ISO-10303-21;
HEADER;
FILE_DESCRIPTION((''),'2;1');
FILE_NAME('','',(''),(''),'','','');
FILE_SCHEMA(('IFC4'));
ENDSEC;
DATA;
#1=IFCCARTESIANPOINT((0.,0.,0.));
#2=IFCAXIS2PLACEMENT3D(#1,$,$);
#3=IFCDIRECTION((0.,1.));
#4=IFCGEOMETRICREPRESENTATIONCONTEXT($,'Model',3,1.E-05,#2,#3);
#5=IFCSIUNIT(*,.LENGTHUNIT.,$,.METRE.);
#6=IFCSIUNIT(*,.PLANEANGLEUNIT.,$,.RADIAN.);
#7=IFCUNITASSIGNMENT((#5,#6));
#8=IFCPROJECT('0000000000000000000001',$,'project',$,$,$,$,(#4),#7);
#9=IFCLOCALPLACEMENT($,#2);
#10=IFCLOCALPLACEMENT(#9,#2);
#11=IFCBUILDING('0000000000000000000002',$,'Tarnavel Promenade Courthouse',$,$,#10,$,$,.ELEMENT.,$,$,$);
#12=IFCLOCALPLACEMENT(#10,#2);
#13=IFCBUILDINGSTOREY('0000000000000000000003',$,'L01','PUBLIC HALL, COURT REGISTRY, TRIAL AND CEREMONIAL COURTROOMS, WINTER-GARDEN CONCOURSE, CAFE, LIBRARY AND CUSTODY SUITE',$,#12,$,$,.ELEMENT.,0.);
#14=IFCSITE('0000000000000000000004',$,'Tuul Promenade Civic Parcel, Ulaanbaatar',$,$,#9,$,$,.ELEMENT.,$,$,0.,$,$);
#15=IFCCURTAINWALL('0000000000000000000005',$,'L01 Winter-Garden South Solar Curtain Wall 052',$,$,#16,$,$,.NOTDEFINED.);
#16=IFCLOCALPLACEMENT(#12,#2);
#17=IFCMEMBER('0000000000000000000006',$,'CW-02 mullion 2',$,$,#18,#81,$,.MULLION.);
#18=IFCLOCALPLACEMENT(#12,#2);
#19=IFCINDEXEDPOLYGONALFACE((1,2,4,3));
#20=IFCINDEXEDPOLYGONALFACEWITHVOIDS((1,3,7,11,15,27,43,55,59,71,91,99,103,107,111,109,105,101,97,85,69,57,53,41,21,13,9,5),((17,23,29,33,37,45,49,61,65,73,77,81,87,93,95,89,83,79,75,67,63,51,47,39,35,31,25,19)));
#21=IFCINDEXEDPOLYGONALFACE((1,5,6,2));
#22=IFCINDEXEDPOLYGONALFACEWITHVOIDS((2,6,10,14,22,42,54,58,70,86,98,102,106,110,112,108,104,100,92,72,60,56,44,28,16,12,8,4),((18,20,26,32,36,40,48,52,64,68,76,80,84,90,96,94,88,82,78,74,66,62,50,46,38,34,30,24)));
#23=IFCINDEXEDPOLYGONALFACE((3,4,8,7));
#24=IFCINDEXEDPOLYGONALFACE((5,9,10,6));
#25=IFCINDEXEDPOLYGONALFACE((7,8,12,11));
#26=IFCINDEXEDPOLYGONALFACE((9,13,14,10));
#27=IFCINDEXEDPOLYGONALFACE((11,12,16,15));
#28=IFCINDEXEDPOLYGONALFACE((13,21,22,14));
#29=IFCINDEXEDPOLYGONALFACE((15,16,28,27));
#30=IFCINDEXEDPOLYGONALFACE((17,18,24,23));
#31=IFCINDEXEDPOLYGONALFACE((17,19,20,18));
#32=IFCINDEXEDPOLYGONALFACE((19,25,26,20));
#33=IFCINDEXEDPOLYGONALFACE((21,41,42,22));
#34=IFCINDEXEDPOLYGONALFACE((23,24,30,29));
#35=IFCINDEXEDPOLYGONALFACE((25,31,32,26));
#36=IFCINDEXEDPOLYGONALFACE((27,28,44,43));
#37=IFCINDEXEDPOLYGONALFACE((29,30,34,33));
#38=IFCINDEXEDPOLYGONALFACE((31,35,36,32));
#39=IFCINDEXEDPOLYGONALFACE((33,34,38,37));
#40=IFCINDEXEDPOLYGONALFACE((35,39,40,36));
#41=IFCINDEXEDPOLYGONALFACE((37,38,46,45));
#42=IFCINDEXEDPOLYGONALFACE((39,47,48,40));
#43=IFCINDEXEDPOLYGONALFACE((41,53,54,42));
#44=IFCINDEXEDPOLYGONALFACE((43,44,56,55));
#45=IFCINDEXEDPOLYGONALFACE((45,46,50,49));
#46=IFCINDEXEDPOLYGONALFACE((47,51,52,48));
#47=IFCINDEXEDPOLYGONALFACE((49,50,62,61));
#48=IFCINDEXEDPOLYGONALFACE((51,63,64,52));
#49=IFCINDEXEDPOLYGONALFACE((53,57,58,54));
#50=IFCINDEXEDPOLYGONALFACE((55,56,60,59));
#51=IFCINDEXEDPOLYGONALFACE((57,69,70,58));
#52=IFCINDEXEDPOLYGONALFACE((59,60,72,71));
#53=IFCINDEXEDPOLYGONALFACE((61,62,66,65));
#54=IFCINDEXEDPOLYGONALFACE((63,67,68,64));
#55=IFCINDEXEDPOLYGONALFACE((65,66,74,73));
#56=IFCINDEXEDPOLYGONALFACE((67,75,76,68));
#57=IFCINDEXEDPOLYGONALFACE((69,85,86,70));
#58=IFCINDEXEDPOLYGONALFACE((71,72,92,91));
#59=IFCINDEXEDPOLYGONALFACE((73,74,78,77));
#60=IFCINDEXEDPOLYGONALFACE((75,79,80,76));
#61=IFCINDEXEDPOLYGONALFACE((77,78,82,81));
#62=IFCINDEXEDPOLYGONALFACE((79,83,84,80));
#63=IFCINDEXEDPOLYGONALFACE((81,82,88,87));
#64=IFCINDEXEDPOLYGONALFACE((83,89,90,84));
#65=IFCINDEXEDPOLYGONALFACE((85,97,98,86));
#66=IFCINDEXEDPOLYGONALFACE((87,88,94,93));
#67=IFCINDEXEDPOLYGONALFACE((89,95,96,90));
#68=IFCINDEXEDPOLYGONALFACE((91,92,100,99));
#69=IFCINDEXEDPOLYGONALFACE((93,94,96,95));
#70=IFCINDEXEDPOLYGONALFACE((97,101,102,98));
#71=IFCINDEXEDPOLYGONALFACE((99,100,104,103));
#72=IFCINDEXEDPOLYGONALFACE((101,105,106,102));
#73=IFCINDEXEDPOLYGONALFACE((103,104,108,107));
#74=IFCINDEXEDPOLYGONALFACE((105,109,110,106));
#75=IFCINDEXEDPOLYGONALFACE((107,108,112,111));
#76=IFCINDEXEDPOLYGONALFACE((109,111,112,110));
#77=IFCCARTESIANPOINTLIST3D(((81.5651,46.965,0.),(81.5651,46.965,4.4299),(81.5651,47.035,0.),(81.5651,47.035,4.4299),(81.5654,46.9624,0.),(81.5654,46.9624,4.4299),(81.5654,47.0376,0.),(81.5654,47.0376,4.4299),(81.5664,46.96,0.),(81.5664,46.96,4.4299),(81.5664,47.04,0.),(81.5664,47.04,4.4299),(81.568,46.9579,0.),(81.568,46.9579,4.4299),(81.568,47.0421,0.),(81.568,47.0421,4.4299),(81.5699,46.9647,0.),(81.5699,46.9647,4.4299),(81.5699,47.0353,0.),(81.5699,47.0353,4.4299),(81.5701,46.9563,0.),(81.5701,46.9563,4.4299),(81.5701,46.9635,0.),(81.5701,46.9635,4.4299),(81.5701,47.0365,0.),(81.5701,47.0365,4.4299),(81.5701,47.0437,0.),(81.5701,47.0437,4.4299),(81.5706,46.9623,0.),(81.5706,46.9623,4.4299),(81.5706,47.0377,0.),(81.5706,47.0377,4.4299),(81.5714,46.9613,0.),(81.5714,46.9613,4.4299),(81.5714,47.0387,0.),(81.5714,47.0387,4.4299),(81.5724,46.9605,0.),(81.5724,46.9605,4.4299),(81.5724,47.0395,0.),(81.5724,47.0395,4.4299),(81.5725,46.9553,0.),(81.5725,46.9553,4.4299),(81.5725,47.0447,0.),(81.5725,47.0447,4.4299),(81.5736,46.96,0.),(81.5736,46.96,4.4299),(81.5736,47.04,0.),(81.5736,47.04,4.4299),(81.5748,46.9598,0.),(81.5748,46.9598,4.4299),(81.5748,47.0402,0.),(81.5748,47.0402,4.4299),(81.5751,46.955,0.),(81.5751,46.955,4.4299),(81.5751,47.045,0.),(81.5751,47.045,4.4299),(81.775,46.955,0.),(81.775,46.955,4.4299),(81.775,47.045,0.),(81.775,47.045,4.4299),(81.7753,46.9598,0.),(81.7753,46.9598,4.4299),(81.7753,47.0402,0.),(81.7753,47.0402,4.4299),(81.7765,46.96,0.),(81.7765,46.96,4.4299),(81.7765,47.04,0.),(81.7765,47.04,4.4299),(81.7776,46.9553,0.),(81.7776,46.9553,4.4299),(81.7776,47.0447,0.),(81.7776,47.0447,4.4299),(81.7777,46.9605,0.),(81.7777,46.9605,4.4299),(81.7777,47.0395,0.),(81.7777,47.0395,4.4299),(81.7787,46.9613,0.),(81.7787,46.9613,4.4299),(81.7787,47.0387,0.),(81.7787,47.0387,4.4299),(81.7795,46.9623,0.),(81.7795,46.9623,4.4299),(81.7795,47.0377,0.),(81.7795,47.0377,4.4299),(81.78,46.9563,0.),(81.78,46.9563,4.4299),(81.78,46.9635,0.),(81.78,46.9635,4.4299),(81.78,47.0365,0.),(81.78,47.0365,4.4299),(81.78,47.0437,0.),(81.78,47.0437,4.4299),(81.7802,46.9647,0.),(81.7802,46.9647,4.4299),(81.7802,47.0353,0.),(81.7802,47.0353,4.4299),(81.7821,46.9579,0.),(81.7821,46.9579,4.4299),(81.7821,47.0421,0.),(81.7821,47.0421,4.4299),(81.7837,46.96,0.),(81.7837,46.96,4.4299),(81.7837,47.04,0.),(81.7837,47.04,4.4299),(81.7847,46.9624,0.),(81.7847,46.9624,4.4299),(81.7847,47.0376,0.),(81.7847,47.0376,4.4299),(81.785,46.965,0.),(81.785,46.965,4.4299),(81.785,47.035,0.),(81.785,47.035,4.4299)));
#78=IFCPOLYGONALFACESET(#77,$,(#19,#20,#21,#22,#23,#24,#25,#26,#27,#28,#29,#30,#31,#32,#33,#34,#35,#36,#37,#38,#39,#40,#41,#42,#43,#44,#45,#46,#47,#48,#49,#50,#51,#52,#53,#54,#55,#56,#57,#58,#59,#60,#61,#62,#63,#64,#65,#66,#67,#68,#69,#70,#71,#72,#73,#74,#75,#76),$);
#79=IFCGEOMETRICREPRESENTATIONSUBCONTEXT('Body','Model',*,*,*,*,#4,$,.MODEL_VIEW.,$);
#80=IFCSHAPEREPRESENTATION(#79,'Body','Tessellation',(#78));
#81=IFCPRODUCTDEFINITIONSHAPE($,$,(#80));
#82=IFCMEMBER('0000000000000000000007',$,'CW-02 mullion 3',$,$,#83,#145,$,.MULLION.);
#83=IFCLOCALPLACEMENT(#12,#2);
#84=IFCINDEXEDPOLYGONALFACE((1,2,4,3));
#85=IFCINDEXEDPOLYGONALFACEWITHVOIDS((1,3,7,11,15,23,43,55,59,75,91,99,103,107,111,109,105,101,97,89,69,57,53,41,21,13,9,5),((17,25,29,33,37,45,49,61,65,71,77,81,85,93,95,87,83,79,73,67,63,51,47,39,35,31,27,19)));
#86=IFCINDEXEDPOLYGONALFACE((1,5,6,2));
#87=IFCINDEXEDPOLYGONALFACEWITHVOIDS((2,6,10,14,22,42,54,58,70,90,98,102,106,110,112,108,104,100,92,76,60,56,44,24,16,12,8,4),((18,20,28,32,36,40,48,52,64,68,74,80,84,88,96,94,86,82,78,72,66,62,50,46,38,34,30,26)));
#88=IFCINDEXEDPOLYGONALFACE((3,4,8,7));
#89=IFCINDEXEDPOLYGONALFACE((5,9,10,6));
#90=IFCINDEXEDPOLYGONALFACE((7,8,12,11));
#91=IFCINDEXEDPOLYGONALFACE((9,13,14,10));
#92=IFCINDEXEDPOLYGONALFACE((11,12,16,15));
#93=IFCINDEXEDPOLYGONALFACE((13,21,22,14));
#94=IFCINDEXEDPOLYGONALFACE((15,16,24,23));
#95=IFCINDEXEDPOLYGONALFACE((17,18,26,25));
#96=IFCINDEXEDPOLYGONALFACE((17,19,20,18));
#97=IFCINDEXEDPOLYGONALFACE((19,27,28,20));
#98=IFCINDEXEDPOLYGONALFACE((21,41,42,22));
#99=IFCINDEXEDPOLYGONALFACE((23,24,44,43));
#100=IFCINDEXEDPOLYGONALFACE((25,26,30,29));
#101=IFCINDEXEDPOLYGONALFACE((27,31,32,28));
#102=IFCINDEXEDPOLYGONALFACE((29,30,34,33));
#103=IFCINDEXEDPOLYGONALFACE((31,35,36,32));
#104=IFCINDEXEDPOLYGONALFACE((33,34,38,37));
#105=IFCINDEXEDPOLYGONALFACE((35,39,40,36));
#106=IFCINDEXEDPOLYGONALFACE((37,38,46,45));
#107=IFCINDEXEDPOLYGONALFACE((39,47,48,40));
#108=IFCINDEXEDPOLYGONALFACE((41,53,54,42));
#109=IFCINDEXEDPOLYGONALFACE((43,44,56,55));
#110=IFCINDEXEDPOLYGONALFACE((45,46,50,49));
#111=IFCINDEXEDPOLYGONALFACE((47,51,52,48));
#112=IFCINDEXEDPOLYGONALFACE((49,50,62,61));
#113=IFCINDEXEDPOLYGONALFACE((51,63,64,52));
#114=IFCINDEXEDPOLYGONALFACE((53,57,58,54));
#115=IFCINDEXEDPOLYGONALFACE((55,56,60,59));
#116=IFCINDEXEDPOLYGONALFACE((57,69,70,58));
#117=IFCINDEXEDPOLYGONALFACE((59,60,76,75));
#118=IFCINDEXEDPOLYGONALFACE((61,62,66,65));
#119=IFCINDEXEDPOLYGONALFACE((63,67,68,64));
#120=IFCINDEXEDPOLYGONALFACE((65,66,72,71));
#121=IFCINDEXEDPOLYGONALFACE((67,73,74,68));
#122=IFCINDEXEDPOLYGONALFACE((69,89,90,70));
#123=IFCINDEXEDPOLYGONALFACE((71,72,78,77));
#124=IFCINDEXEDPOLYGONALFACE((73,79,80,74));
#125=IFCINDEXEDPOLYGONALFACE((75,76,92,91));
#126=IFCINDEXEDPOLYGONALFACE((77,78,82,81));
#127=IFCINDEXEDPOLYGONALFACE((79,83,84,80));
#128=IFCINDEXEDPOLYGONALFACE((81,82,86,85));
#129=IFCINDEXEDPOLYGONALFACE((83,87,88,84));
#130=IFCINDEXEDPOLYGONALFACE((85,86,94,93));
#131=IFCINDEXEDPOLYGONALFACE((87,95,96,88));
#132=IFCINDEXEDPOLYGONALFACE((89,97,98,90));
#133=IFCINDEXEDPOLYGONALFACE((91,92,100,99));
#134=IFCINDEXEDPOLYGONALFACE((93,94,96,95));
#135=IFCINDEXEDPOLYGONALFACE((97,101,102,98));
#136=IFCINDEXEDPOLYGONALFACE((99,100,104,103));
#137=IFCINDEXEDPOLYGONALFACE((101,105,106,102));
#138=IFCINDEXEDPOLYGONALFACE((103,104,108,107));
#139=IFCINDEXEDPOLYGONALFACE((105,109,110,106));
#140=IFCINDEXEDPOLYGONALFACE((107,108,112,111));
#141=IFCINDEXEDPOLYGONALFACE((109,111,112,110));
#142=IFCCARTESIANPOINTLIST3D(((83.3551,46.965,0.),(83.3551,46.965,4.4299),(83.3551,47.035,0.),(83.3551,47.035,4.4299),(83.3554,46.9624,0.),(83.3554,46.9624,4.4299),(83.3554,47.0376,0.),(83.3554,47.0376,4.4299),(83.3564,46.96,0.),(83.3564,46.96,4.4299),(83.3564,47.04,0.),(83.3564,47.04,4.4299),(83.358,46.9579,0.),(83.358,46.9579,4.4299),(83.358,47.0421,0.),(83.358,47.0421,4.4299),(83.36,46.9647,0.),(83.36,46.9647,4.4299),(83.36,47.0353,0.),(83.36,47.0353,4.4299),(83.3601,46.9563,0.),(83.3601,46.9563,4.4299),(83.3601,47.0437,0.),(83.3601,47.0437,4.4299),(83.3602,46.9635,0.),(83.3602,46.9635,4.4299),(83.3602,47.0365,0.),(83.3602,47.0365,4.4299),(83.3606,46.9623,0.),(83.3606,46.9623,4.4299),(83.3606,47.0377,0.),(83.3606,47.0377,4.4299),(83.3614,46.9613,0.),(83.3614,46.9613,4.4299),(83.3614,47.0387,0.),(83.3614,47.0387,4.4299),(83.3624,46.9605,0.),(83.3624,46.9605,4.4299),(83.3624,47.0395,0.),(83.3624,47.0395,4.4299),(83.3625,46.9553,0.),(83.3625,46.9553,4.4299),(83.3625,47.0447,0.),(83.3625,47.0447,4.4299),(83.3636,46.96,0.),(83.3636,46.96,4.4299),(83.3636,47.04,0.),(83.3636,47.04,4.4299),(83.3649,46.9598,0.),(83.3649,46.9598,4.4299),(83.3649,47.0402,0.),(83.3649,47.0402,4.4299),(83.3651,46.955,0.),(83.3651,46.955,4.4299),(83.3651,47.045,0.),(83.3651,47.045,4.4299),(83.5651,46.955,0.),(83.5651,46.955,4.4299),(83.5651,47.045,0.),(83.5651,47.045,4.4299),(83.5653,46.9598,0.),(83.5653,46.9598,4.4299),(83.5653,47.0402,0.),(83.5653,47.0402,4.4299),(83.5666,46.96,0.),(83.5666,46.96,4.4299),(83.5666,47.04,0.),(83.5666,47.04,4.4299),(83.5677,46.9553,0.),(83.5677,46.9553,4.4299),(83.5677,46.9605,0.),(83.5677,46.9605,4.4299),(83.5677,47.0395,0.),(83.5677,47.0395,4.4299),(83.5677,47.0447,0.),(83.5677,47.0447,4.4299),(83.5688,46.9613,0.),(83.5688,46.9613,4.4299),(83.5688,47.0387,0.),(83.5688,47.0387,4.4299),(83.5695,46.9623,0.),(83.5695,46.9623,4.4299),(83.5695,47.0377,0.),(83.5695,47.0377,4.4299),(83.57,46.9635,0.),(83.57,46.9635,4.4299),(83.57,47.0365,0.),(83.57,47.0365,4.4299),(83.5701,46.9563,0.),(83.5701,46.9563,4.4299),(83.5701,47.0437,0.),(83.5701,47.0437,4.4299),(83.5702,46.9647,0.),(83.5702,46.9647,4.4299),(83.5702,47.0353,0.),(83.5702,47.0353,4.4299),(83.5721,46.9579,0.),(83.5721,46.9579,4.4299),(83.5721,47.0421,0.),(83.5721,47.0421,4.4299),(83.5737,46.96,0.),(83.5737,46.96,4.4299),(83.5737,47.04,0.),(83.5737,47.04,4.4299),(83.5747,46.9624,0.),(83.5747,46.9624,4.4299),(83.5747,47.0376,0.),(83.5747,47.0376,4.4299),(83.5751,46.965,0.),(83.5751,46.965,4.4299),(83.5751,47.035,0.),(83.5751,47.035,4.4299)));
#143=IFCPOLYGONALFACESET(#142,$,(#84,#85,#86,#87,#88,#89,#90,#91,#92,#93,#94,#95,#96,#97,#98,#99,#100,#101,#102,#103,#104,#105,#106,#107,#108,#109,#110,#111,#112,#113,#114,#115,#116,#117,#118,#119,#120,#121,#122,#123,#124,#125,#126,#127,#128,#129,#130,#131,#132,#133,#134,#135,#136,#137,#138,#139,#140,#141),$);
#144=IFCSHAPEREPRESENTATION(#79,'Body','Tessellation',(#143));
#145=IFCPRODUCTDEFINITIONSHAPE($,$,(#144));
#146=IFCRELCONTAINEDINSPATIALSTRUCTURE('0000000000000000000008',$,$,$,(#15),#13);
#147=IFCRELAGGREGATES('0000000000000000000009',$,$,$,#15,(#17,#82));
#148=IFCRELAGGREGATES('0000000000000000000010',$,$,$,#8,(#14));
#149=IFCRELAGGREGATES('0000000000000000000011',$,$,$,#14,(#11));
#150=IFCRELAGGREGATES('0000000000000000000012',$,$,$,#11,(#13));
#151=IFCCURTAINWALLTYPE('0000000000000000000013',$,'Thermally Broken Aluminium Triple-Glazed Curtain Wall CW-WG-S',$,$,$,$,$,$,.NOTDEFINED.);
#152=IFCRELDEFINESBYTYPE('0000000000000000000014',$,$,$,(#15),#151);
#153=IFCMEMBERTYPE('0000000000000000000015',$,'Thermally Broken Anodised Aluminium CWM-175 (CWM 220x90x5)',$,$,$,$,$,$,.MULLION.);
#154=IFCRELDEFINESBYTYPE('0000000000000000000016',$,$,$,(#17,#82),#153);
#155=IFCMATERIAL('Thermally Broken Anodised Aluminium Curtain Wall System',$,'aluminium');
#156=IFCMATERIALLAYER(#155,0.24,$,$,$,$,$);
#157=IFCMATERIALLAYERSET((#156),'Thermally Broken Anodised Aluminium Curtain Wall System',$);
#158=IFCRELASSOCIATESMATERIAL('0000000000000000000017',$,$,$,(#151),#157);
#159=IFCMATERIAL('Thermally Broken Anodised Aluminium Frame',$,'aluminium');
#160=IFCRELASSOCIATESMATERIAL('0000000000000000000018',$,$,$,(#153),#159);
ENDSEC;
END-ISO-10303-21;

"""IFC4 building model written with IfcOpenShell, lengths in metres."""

from ifc_helpers import new_model, si_unit, direction, frame, origin, origin_2d, place, context, subcontext, project, spatial, hollow_rectangle, extrude, material, layer, layer_set, material_profile, profile_set, type_object, element, aggregate, save


model = new_model("IFC4")

# Units and contexts
model_context = context("Model", 3, precision=1e-05, world=origin(), true_north=direction((0.0, 1.0)))
body_context = subcontext(model_context, "Body", "Model", "MODEL_VIEW")
ifc_project = project(units=[si_unit("LENGTHUNIT", "METRE"), si_unit("PLANEANGLEUNIT", "RADIAN")], contexts=[model_context])

# Site, building, storey
site_placement = place(None, origin())
site = spatial("IfcSite", under=ifc_project, at=site_placement, Name="Tuul Promenade Civic Parcel, Ulaanbaatar", CompositionType="ELEMENT", RefElevation=0.0)
building_placement = place(site_placement, origin())
building = spatial("IfcBuilding", under=site, at=building_placement, Name="Tarnavel Promenade Courthouse", CompositionType="ELEMENT")
storey_placement = place(building_placement, origin())
storey = spatial("IfcBuildingStorey", under=building, at=storey_placement, Name="L01", Description="PUBLIC HALL, COURT REGISTRY, TRIAL AND CEREMONIAL COURTROOMS, WINTER-GARDEN CONCOURSE, CAFE, LIBRARY AND CUSTODY SUITE", CompositionType="ELEMENT", Elevation=0.0)

# Shared definitions
ifc_material_1 = material(Name="Thermally Broken Anodised Aluminium Curtain Wall System", Category="aluminium")
ifc_layer_1 = layer(ifc_material_1, 0.24)
ifc_layer_set_1 = layer_set([ifc_layer_1], Name="Thermally Broken Anodised Aluminium Curtain Wall System")
curtain_wall_type = type_object("IfcCurtainWallType", Name="Thermally Broken Aluminium Triple-Glazed Curtain Wall CW-WG-S", PredefinedType="NOTDEFINED", material=ifc_layer_set_1)
ifc_material_2 = material(Name="Thermally Broken Anodised Aluminium Frame", Category="aluminium")
ifc_material_profile_1 = material_profile(ifc_material_2, hollow_rectangle(XDim=0.0901, YDim=0.22, WallThickness=0.0049, InnerFilletRadius=0.0049, OuterFilletRadius=0.01, at=origin_2d()), Name="CWM 220x90x5")
ifc_profile_set_1 = profile_set([ifc_material_profile_1], Name="Thermally Broken Anodised Aluminium Frame")
member_type_1 = type_object("IfcMemberType", Name="Thermally Broken Anodised Aluminium CWM-175 (CWM 220x90x5)", PredefinedType="MULLION", material=ifc_profile_set_1)

# Curtain wall, members
curtain_wall_1_placement = place(storey_placement, origin())
curtain_wall_1 = element("IfcCurtainWall", 1, at=curtain_wall_1_placement, inside=storey, type_object=curtain_wall_type, Name="L01 Winter-Garden South Solar Curtain Wall 052", PredefinedType="NOTDEFINED")
member_1_placement = place(storey_placement, frame((81.675, 47.0, 0.0), z_axis=(0.0, 0.0, 1.0), x_axis=(0.0, 1.0, 0.0)))
member_1 = element("IfcMember", 2, at=member_1_placement, type_object=member_type_1, Name="CW-02 mullion 2", PredefinedType="MULLION", context=body_context, shape_type="SweptSolid", body=[
    extrude(hollow_rectangle(XDim=0.0901, YDim=0.22, WallThickness=0.0049, InnerFilletRadius=0.0049, OuterFilletRadius=0.01, at=origin_2d()), origin(), (0.0, 0.0, 1.0), 4.4299),
])
member_2_placement = place(storey_placement, frame((83.4651, 47.0, 0.0), z_axis=(0.0, 0.0, 1.0), x_axis=(0.0, 1.0, 0.0)))
member_2 = element("IfcMember", 3, at=member_2_placement, type_object=member_type_1, Name="CW-02 mullion 3", PredefinedType="MULLION", context=body_context, shape_type="SweptSolid", body=[
    extrude(hollow_rectangle(XDim=0.0901, YDim=0.22, WallThickness=0.0049, InnerFilletRadius=0.0049, OuterFilletRadius=0.01, at=origin_2d()), origin(), (0.0, 0.0, 1.0), 4.4299),
])

aggregate(curtain_wall_1, [member_1, member_2])

save(model, "model.ifc")
